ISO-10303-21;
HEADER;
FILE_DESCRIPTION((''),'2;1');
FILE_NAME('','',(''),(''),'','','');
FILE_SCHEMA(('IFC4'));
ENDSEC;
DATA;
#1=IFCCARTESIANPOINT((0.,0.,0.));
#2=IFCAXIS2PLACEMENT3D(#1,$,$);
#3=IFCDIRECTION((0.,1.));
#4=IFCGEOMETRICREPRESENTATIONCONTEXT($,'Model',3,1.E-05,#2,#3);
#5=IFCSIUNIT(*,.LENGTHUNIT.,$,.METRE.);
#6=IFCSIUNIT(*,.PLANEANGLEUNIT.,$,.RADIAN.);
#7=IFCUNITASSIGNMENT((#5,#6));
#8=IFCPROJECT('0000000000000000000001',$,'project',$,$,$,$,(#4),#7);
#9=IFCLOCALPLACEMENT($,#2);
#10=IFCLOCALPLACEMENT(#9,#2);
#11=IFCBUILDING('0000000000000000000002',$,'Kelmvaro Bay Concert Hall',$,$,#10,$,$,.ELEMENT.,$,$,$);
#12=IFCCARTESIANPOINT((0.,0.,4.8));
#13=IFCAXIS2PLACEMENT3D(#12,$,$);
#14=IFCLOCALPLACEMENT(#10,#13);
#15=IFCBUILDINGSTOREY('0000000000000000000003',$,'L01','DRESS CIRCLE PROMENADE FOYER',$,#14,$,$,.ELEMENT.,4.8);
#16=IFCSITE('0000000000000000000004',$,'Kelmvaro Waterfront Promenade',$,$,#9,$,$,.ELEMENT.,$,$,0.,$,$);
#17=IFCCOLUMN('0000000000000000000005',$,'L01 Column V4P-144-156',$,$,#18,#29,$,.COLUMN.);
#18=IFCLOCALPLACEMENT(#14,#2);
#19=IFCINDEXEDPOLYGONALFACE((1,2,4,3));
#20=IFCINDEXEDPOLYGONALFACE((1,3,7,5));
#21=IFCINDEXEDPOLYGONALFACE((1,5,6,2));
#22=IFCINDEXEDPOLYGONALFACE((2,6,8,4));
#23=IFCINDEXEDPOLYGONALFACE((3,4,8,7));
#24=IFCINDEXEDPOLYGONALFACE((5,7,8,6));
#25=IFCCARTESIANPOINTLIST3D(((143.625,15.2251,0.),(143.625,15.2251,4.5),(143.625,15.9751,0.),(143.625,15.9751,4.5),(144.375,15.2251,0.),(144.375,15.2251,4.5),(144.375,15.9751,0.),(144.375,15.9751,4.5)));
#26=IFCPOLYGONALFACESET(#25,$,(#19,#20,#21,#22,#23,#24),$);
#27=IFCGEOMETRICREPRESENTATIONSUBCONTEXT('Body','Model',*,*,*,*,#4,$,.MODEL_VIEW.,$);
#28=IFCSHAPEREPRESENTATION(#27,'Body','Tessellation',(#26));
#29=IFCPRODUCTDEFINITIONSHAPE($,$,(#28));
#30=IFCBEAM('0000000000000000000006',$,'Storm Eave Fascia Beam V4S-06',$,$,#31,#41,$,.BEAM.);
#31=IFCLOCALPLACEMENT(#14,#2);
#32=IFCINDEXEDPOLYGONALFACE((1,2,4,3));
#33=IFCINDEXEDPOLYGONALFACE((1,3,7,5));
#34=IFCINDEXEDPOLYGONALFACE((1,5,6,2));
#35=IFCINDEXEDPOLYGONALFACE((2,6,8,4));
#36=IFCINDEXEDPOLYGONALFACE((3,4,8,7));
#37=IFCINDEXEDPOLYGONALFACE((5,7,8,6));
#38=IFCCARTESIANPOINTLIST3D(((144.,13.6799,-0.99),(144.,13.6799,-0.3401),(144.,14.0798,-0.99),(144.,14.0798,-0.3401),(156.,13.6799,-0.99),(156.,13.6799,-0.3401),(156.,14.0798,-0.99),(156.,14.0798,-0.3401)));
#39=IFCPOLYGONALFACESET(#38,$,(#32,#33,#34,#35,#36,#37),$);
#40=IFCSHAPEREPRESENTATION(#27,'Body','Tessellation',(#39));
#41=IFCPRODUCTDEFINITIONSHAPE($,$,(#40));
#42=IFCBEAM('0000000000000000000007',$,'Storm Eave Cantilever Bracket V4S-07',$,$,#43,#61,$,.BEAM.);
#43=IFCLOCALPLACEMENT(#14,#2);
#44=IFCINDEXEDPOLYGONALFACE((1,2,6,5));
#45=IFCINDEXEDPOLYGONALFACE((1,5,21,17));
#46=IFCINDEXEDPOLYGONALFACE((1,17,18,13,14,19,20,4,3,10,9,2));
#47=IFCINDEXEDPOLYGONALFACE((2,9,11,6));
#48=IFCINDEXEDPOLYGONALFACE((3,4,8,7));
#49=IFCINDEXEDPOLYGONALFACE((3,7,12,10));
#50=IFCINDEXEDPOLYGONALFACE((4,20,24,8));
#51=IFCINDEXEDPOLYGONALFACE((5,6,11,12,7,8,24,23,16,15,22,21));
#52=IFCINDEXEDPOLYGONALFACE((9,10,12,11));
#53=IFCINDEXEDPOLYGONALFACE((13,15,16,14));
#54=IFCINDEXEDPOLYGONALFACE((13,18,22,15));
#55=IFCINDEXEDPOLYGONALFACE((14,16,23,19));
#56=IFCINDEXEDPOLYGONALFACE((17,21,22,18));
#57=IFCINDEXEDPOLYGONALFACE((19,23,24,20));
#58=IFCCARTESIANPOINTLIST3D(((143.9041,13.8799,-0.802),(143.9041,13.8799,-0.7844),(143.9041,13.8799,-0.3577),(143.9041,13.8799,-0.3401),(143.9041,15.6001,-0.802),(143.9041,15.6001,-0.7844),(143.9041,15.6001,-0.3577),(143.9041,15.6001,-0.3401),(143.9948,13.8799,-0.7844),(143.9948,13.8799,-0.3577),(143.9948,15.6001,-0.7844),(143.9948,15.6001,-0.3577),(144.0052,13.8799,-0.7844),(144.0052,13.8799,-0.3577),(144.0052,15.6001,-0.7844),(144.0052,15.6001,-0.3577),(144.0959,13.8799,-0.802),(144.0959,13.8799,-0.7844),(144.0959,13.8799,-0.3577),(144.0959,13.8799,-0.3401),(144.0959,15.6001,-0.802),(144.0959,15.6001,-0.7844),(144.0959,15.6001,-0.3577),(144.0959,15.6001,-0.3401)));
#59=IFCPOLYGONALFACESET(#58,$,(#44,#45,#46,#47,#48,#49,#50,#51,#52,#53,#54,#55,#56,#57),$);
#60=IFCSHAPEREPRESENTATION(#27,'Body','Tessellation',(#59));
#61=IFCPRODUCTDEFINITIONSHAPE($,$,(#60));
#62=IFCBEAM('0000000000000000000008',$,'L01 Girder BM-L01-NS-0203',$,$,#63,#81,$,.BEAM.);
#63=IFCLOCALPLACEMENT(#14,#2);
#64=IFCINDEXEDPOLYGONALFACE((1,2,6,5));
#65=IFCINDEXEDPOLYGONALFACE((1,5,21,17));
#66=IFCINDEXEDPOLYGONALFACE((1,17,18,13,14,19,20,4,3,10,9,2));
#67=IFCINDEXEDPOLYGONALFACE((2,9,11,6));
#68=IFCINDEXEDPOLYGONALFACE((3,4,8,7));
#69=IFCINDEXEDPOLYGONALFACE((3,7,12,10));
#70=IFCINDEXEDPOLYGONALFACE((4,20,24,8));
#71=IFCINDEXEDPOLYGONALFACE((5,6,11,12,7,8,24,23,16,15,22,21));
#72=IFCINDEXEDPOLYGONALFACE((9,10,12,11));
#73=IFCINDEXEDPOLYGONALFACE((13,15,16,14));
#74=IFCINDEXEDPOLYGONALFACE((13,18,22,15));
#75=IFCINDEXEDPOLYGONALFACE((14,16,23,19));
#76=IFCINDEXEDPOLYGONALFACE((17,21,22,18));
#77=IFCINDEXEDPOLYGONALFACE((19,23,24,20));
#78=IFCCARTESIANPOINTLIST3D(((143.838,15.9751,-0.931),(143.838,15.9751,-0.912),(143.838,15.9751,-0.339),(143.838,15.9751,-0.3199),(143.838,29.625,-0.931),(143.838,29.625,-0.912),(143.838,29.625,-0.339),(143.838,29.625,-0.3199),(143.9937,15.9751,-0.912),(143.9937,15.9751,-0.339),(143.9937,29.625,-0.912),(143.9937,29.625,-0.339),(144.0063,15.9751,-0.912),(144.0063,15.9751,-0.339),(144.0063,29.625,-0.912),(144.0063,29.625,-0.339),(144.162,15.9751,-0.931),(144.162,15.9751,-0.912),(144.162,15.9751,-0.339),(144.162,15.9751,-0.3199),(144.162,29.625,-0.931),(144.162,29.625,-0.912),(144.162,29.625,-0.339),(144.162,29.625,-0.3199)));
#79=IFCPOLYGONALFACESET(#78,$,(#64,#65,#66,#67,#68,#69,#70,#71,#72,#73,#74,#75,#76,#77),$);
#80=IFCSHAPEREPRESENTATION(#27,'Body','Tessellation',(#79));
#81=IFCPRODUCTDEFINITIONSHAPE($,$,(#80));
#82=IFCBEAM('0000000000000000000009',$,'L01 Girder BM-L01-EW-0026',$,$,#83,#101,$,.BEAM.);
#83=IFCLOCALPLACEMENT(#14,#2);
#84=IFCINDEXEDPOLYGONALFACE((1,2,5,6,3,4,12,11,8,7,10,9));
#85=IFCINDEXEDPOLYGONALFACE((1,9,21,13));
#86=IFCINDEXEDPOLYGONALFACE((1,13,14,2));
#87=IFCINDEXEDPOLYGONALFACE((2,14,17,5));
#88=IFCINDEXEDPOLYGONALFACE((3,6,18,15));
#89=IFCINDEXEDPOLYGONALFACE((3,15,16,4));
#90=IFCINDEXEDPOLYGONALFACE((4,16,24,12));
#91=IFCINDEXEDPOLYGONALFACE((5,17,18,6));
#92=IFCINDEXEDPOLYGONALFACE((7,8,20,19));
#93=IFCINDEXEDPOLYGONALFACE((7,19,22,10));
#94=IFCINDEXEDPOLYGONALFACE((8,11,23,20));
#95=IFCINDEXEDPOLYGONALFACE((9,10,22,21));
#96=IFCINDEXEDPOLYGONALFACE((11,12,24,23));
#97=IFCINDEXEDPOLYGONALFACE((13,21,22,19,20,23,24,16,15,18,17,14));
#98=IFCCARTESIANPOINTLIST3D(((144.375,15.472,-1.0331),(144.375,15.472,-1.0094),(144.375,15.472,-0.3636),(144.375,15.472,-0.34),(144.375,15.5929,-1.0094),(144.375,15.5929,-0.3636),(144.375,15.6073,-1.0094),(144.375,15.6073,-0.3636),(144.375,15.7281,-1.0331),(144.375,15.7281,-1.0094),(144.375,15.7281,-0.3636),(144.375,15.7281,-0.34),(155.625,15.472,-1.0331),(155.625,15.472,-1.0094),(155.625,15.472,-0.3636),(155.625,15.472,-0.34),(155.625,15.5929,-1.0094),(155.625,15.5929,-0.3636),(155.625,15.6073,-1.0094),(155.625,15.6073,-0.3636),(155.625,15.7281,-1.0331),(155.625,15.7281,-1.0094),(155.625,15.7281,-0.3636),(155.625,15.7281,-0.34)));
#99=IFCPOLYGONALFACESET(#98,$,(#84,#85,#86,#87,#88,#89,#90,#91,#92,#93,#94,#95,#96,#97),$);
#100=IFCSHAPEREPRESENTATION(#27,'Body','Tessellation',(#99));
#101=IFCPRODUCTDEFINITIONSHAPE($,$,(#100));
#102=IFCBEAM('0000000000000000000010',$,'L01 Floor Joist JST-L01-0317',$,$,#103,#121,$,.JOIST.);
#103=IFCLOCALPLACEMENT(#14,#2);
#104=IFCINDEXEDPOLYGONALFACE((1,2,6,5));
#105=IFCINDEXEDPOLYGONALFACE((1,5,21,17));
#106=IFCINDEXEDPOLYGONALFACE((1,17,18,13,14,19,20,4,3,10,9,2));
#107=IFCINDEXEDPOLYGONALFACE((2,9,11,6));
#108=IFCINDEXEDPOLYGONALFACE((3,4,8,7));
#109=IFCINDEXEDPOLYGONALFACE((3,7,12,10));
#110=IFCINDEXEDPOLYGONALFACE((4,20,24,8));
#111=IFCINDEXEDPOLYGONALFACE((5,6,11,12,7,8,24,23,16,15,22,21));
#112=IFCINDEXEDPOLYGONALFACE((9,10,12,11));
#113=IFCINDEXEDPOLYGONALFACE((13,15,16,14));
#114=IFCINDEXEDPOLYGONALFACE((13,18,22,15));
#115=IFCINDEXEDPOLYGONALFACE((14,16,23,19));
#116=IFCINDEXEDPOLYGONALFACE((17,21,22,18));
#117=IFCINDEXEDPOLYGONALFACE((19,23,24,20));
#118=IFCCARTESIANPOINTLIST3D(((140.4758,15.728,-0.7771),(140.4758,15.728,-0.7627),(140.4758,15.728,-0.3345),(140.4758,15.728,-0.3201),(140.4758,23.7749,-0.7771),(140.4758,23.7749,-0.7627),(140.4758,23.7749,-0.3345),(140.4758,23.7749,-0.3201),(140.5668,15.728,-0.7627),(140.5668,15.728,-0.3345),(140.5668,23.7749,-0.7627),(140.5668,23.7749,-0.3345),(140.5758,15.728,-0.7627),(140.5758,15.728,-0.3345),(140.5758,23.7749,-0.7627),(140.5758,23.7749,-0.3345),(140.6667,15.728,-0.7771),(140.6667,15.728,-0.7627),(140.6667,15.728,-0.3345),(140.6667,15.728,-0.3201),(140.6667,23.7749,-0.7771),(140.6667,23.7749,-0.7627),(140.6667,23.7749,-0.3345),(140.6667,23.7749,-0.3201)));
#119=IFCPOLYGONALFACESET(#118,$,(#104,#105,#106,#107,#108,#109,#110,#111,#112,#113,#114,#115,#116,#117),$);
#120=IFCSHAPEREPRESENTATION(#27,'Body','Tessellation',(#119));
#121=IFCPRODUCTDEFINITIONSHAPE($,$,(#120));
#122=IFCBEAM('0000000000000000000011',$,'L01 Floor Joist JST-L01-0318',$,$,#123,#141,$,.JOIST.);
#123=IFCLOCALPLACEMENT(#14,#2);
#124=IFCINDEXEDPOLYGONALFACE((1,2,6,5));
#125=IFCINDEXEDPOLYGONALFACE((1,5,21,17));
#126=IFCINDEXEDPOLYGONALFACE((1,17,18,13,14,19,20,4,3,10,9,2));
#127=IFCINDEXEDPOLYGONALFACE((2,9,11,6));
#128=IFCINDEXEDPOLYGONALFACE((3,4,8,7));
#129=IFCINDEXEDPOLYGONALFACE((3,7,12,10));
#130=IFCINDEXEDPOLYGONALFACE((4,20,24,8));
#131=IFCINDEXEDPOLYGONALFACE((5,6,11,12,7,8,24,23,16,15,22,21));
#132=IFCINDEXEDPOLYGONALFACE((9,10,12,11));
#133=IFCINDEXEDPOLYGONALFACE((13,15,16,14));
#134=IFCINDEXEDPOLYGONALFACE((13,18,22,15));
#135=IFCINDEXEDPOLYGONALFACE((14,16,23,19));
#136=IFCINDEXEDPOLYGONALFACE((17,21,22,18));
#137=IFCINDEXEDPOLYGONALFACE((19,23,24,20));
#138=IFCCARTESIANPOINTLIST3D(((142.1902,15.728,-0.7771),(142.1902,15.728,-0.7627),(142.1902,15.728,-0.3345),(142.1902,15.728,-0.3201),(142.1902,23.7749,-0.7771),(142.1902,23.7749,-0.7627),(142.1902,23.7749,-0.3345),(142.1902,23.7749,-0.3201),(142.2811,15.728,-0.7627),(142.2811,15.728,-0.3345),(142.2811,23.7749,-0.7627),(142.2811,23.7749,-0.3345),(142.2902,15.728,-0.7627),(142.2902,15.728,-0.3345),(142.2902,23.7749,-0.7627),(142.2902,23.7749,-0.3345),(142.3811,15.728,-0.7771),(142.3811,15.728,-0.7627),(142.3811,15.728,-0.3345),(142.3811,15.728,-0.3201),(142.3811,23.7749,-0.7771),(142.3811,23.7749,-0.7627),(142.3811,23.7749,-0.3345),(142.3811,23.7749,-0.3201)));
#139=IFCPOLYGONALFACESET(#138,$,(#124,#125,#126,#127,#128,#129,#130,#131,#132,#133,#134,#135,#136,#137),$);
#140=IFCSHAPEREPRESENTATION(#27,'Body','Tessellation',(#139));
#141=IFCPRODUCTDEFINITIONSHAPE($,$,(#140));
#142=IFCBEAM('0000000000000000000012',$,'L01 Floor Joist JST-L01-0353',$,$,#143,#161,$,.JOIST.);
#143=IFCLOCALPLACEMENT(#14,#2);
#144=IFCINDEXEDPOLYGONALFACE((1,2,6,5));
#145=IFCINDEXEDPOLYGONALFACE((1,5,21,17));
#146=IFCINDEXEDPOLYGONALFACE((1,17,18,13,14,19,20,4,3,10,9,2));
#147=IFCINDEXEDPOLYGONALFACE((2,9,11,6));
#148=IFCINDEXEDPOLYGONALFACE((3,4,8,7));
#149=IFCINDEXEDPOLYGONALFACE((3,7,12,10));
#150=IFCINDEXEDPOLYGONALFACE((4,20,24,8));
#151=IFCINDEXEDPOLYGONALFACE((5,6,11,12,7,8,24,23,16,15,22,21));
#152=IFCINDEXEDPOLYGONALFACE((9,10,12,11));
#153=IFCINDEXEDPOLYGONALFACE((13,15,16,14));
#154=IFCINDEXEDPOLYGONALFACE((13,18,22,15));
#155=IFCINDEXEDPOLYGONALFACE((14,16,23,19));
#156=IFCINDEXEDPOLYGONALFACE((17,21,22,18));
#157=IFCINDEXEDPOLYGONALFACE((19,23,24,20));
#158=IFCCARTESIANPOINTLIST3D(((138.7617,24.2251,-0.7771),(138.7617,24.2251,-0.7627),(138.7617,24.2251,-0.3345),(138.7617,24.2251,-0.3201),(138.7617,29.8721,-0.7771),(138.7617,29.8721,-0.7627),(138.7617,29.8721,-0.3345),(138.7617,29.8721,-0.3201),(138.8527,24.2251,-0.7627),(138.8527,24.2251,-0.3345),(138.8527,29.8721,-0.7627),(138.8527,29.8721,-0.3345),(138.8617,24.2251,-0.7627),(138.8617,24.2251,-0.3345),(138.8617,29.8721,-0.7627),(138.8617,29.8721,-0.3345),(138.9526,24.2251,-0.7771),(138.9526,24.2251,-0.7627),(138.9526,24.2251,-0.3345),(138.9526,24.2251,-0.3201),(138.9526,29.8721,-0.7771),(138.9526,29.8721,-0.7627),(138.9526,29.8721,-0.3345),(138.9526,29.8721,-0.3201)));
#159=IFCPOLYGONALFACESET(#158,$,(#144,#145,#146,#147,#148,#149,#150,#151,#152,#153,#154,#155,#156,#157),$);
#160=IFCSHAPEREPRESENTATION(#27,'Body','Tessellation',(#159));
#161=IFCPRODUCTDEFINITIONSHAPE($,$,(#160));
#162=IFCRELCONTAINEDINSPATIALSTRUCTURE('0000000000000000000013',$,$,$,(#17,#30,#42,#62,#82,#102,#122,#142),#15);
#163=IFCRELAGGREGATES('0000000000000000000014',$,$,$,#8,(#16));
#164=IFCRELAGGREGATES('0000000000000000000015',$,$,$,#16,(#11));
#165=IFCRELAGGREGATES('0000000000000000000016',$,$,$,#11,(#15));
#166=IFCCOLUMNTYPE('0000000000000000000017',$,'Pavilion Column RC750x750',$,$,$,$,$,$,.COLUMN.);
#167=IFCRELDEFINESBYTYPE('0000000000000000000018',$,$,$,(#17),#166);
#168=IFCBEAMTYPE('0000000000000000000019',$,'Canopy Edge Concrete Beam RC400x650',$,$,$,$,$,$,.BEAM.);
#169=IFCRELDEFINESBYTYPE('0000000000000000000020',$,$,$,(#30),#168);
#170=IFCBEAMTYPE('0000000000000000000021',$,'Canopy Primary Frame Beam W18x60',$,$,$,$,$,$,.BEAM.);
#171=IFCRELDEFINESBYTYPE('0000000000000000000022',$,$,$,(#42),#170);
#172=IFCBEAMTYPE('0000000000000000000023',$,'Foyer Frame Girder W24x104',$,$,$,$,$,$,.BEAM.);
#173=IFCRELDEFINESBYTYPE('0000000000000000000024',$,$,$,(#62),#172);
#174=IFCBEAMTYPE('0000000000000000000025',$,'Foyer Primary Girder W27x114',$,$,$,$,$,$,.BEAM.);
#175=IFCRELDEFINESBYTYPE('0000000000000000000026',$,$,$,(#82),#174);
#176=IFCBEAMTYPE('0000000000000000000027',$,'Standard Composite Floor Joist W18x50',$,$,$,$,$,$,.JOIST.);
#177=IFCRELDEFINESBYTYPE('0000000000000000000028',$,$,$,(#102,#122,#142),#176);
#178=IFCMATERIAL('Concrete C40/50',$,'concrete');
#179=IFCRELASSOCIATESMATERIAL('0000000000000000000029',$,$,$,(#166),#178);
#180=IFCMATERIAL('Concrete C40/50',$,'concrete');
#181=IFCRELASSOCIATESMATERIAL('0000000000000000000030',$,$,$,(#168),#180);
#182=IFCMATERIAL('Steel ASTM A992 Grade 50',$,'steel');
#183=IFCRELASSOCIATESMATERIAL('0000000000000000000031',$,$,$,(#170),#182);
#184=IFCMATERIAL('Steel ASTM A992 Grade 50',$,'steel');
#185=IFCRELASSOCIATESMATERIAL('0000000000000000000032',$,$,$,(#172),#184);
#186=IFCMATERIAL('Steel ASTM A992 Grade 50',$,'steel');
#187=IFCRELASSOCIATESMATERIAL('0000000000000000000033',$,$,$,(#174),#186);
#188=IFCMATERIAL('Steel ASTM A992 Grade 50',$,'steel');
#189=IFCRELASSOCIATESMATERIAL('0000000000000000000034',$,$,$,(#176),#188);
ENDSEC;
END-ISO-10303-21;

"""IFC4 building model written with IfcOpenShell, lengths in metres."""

from ifc_helpers import new_model, si_unit, direction, frame, origin, origin_2d, place, context, subcontext, project, spatial, rectangle, i_section, extrude, material, material_profile, profile_set, type_object, element, save


model = new_model("IFC4")

# Units and contexts
model_context = context("Model", 3, precision=1e-05, world=origin(), true_north=direction((0.0, 1.0)))
body_context = subcontext(model_context, "Body", "Model", "MODEL_VIEW")
ifc_project = project(units=[si_unit("LENGTHUNIT", "METRE"), si_unit("PLANEANGLEUNIT", "RADIAN")], contexts=[model_context])

# Site, building, storey
site_placement = place(None, origin())
site = spatial("IfcSite", under=ifc_project, at=site_placement, Name="Kelmvaro Waterfront Promenade", CompositionType="ELEMENT", RefElevation=0.0)
building_placement = place(site_placement, origin())
building = spatial("IfcBuilding", under=site, at=building_placement, Name="Kelmvaro Bay Concert Hall", CompositionType="ELEMENT")
storey_placement = place(building_placement, frame((0.0, 0.0, 4.8)))
storey = spatial("IfcBuildingStorey", under=building, at=storey_placement, Name="L01", Description="DRESS CIRCLE PROMENADE FOYER", CompositionType="ELEMENT", Elevation=4.8)

# Column
ifc_material_1 = material(Name="Concrete C40/50", Category="concrete")
ifc_material_profile_1 = material_profile(ifc_material_1, rectangle(XDim=0.75, YDim=0.75, at=origin_2d()), Name="RC-COL-750X750")
ifc_profile_set_1 = profile_set([ifc_material_profile_1], Name="Concrete C40/50")
column_type = type_object("IfcColumnType", Name="Pavilion Column RC750x750", PredefinedType="COLUMN", material=ifc_profile_set_1)
column_placement = place(storey_placement, frame((144.0, 15.6001, 0.0), z_axis=(0.0, 0.0, 1.0), x_axis=(1.0, 0.0, 0.0)))
element("IfcColumn", 1, at=column_placement, inside=storey, type_object=column_type, Name="L01 Column V4P-144-156", PredefinedType="COLUMN", context=body_context, shape_type="SweptSolid", body=[
    extrude(rectangle(XDim=0.75, YDim=0.75, at=origin_2d()), origin(), (0.0, 0.0, 1.0), 4.5),
])

# Beams
ifc_material_2 = material(Name="Concrete C40/50", Category="concrete")
ifc_material_profile_2 = material_profile(ifc_material_2, rectangle(XDim=0.3999, YDim=0.6499, at=origin_2d()), Name="RC-BM-400X650")
ifc_profile_set_2 = profile_set([ifc_material_profile_2], Name="Concrete C40/50")
beam_type_1 = type_object("IfcBeamType", Name="Canopy Edge Concrete Beam RC400x650", PredefinedType="BEAM", material=ifc_profile_set_2)
beam_1_placement = place(storey_placement, frame((144.0, 13.8799, -0.665), z_axis=(1.0, 0.0, 0.0), x_axis=(0.0, 1.0, 0.0)))
element("IfcBeam", 2, at=beam_1_placement, inside=storey, type_object=beam_type_1, Name="Storm Eave Fascia Beam V4S-06", PredefinedType="BEAM", context=body_context, shape_type="SweptSolid", body=[
    extrude(rectangle(XDim=0.3999, YDim=0.6499, at=origin_2d()), origin(), (0.0, 0.0, 1.0), 12.0),
])
ifc_material_3 = material(Name="Steel ASTM A992 Grade 50", Category="steel")
ifc_material_profile_3 = material_profile(ifc_material_3, i_section(OverallWidth=0.1919, OverallDepth=0.4619, WebThickness=0.0105, FlangeThickness=0.0176, at=origin_2d()), Name="W18X60")
ifc_profile_set_3 = profile_set([ifc_material_profile_3], Name="Steel ASTM A992 Grade 50")
beam_type_2 = type_object("IfcBeamType", Name="Canopy Primary Frame Beam W18x60", PredefinedType="BEAM", material=ifc_profile_set_3)
beam_2_placement = place(storey_placement, frame((144.0, 15.6001, -0.571), z_axis=(0.0, -1.0, 0.0), x_axis=(1.0, 0.0, 0.0)))
element("IfcBeam", 3, at=beam_2_placement, inside=storey, type_object=beam_type_2, Name="Storm Eave Cantilever Bracket V4S-07", PredefinedType="BEAM", context=body_context, shape_type="SweptSolid", body=[
    extrude(i_section(OverallWidth=0.1919, OverallDepth=0.4619, WebThickness=0.0105, FlangeThickness=0.0176, at=origin_2d()), origin(), (0.0, 0.0, 1.0), 1.7202),
])
ifc_material_4 = material(Name="Steel ASTM A992 Grade 50", Category="steel")
ifc_material_profile_4 = material_profile(ifc_material_4, i_section(OverallWidth=0.324, OverallDepth=0.6111, WebThickness=0.0127, FlangeThickness=0.019, at=origin_2d()), Name="W24X104")
ifc_profile_set_4 = profile_set([ifc_material_profile_4], Name="Steel ASTM A992 Grade 50")
beam_type_3 = type_object("IfcBeamType", Name="Foyer Frame Girder W24x104", PredefinedType="BEAM", material=ifc_profile_set_4)
beam_3_placement = place(storey_placement, frame((144.0, 15.9751, -0.6255), z_axis=(0.0, 1.0, 0.0), x_axis=(-1.0, 0.0, 0.0)))
element("IfcBeam", 4, at=beam_3_placement, inside=storey, type_object=beam_type_3, Name="L01 Girder BM-L01-NS-0203", PredefinedType="BEAM", context=body_context, shape_type="SweptSolid", body=[
    extrude(i_section(OverallWidth=0.324, OverallDepth=0.6111, WebThickness=0.0127, FlangeThickness=0.019, at=origin_2d()), origin(), (0.0, 0.0, 1.0), 13.6499),
])
ifc_material_5 = material(Name="Steel ASTM A992 Grade 50", Category="steel")
ifc_material_profile_5 = material_profile(ifc_material_5, i_section(OverallWidth=0.2561, OverallDepth=0.6931, WebThickness=0.0144, FlangeThickness=0.0237, at=origin_2d()), Name="W27X114")
ifc_profile_set_5 = profile_set([ifc_material_profile_5], Name="Steel ASTM A992 Grade 50")
beam_type_4 = type_object("IfcBeamType", Name="Foyer Primary Girder W27x114", PredefinedType="BEAM", material=ifc_profile_set_5)
beam_4_placement = place(storey_placement, frame((144.375, 15.6001, -0.6865), z_axis=(1.0, 0.0, 0.0), x_axis=(0.0, 1.0, 0.0)))
element("IfcBeam", 5, at=beam_4_placement, inside=storey, type_object=beam_type_4, Name="L01 Girder BM-L01-EW-0026", PredefinedType="BEAM", context=body_context, shape_type="SweptSolid", body=[
    extrude(i_section(OverallWidth=0.2561, OverallDepth=0.6931, WebThickness=0.0144, FlangeThickness=0.0237, at=origin_2d()), origin(), (0.0, 0.0, 1.0), 11.25),
])
ifc_material_6 = material(Name="Steel ASTM A992 Grade 50", Category="steel")
ifc_material_profile_6 = material_profile(ifc_material_6, i_section(OverallWidth=0.1909, OverallDepth=0.457, WebThickness=0.009, FlangeThickness=0.0144, at=origin_2d()), Name="W18X50")
ifc_profile_set_6 = profile_set([ifc_material_profile_6], Name="Steel ASTM A992 Grade 50")
beam_type_5 = type_object("IfcBeamType", Name="Standard Composite Floor Joist W18x50", PredefinedType="JOIST", material=ifc_profile_set_6)
for number, where, z_axis, x_axis, name in (
    (6, (140.5713, 15.728, -0.5486), (0.0, 1.0, 0.0), (-1.0, 0.0, 0.0), "L01 Floor Joist JST-L01-0317"),
    (7, (142.2856, 15.728, -0.5486), (0.0, 1.0, 0.0), (-1.0, 0.0, 0.0), "L01 Floor Joist JST-L01-0318"),
):
    element("IfcBeam", number, at=place(storey_placement, frame(where, z_axis=z_axis, x_axis=x_axis)), inside=storey, type_object=beam_type_5, Name=name, PredefinedType="JOIST", context=body_context, shape_type="SweptSolid", body=[
        extrude(i_section(OverallWidth=0.1909, OverallDepth=0.457, WebThickness=0.009, FlangeThickness=0.0144, at=origin_2d()), origin(), (0.0, 0.0, 1.0), 8.0469),
    ])
beam_5_placement = place(storey_placement, frame((138.8572, 24.2251, -0.5486), z_axis=(0.0, 1.0, 0.0), x_axis=(-1.0, 0.0, 0.0)))
element("IfcBeam", 8, at=beam_5_placement, inside=storey, type_object=beam_type_5, Name="L01 Floor Joist JST-L01-0353", PredefinedType="JOIST", context=body_context, shape_type="SweptSolid", body=[
    extrude(i_section(OverallWidth=0.1909, OverallDepth=0.457, WebThickness=0.009, FlangeThickness=0.0144, at=origin_2d()), origin(), (0.0, 0.0, 1.0), 5.647),
])

save(model, "model.ifc")
